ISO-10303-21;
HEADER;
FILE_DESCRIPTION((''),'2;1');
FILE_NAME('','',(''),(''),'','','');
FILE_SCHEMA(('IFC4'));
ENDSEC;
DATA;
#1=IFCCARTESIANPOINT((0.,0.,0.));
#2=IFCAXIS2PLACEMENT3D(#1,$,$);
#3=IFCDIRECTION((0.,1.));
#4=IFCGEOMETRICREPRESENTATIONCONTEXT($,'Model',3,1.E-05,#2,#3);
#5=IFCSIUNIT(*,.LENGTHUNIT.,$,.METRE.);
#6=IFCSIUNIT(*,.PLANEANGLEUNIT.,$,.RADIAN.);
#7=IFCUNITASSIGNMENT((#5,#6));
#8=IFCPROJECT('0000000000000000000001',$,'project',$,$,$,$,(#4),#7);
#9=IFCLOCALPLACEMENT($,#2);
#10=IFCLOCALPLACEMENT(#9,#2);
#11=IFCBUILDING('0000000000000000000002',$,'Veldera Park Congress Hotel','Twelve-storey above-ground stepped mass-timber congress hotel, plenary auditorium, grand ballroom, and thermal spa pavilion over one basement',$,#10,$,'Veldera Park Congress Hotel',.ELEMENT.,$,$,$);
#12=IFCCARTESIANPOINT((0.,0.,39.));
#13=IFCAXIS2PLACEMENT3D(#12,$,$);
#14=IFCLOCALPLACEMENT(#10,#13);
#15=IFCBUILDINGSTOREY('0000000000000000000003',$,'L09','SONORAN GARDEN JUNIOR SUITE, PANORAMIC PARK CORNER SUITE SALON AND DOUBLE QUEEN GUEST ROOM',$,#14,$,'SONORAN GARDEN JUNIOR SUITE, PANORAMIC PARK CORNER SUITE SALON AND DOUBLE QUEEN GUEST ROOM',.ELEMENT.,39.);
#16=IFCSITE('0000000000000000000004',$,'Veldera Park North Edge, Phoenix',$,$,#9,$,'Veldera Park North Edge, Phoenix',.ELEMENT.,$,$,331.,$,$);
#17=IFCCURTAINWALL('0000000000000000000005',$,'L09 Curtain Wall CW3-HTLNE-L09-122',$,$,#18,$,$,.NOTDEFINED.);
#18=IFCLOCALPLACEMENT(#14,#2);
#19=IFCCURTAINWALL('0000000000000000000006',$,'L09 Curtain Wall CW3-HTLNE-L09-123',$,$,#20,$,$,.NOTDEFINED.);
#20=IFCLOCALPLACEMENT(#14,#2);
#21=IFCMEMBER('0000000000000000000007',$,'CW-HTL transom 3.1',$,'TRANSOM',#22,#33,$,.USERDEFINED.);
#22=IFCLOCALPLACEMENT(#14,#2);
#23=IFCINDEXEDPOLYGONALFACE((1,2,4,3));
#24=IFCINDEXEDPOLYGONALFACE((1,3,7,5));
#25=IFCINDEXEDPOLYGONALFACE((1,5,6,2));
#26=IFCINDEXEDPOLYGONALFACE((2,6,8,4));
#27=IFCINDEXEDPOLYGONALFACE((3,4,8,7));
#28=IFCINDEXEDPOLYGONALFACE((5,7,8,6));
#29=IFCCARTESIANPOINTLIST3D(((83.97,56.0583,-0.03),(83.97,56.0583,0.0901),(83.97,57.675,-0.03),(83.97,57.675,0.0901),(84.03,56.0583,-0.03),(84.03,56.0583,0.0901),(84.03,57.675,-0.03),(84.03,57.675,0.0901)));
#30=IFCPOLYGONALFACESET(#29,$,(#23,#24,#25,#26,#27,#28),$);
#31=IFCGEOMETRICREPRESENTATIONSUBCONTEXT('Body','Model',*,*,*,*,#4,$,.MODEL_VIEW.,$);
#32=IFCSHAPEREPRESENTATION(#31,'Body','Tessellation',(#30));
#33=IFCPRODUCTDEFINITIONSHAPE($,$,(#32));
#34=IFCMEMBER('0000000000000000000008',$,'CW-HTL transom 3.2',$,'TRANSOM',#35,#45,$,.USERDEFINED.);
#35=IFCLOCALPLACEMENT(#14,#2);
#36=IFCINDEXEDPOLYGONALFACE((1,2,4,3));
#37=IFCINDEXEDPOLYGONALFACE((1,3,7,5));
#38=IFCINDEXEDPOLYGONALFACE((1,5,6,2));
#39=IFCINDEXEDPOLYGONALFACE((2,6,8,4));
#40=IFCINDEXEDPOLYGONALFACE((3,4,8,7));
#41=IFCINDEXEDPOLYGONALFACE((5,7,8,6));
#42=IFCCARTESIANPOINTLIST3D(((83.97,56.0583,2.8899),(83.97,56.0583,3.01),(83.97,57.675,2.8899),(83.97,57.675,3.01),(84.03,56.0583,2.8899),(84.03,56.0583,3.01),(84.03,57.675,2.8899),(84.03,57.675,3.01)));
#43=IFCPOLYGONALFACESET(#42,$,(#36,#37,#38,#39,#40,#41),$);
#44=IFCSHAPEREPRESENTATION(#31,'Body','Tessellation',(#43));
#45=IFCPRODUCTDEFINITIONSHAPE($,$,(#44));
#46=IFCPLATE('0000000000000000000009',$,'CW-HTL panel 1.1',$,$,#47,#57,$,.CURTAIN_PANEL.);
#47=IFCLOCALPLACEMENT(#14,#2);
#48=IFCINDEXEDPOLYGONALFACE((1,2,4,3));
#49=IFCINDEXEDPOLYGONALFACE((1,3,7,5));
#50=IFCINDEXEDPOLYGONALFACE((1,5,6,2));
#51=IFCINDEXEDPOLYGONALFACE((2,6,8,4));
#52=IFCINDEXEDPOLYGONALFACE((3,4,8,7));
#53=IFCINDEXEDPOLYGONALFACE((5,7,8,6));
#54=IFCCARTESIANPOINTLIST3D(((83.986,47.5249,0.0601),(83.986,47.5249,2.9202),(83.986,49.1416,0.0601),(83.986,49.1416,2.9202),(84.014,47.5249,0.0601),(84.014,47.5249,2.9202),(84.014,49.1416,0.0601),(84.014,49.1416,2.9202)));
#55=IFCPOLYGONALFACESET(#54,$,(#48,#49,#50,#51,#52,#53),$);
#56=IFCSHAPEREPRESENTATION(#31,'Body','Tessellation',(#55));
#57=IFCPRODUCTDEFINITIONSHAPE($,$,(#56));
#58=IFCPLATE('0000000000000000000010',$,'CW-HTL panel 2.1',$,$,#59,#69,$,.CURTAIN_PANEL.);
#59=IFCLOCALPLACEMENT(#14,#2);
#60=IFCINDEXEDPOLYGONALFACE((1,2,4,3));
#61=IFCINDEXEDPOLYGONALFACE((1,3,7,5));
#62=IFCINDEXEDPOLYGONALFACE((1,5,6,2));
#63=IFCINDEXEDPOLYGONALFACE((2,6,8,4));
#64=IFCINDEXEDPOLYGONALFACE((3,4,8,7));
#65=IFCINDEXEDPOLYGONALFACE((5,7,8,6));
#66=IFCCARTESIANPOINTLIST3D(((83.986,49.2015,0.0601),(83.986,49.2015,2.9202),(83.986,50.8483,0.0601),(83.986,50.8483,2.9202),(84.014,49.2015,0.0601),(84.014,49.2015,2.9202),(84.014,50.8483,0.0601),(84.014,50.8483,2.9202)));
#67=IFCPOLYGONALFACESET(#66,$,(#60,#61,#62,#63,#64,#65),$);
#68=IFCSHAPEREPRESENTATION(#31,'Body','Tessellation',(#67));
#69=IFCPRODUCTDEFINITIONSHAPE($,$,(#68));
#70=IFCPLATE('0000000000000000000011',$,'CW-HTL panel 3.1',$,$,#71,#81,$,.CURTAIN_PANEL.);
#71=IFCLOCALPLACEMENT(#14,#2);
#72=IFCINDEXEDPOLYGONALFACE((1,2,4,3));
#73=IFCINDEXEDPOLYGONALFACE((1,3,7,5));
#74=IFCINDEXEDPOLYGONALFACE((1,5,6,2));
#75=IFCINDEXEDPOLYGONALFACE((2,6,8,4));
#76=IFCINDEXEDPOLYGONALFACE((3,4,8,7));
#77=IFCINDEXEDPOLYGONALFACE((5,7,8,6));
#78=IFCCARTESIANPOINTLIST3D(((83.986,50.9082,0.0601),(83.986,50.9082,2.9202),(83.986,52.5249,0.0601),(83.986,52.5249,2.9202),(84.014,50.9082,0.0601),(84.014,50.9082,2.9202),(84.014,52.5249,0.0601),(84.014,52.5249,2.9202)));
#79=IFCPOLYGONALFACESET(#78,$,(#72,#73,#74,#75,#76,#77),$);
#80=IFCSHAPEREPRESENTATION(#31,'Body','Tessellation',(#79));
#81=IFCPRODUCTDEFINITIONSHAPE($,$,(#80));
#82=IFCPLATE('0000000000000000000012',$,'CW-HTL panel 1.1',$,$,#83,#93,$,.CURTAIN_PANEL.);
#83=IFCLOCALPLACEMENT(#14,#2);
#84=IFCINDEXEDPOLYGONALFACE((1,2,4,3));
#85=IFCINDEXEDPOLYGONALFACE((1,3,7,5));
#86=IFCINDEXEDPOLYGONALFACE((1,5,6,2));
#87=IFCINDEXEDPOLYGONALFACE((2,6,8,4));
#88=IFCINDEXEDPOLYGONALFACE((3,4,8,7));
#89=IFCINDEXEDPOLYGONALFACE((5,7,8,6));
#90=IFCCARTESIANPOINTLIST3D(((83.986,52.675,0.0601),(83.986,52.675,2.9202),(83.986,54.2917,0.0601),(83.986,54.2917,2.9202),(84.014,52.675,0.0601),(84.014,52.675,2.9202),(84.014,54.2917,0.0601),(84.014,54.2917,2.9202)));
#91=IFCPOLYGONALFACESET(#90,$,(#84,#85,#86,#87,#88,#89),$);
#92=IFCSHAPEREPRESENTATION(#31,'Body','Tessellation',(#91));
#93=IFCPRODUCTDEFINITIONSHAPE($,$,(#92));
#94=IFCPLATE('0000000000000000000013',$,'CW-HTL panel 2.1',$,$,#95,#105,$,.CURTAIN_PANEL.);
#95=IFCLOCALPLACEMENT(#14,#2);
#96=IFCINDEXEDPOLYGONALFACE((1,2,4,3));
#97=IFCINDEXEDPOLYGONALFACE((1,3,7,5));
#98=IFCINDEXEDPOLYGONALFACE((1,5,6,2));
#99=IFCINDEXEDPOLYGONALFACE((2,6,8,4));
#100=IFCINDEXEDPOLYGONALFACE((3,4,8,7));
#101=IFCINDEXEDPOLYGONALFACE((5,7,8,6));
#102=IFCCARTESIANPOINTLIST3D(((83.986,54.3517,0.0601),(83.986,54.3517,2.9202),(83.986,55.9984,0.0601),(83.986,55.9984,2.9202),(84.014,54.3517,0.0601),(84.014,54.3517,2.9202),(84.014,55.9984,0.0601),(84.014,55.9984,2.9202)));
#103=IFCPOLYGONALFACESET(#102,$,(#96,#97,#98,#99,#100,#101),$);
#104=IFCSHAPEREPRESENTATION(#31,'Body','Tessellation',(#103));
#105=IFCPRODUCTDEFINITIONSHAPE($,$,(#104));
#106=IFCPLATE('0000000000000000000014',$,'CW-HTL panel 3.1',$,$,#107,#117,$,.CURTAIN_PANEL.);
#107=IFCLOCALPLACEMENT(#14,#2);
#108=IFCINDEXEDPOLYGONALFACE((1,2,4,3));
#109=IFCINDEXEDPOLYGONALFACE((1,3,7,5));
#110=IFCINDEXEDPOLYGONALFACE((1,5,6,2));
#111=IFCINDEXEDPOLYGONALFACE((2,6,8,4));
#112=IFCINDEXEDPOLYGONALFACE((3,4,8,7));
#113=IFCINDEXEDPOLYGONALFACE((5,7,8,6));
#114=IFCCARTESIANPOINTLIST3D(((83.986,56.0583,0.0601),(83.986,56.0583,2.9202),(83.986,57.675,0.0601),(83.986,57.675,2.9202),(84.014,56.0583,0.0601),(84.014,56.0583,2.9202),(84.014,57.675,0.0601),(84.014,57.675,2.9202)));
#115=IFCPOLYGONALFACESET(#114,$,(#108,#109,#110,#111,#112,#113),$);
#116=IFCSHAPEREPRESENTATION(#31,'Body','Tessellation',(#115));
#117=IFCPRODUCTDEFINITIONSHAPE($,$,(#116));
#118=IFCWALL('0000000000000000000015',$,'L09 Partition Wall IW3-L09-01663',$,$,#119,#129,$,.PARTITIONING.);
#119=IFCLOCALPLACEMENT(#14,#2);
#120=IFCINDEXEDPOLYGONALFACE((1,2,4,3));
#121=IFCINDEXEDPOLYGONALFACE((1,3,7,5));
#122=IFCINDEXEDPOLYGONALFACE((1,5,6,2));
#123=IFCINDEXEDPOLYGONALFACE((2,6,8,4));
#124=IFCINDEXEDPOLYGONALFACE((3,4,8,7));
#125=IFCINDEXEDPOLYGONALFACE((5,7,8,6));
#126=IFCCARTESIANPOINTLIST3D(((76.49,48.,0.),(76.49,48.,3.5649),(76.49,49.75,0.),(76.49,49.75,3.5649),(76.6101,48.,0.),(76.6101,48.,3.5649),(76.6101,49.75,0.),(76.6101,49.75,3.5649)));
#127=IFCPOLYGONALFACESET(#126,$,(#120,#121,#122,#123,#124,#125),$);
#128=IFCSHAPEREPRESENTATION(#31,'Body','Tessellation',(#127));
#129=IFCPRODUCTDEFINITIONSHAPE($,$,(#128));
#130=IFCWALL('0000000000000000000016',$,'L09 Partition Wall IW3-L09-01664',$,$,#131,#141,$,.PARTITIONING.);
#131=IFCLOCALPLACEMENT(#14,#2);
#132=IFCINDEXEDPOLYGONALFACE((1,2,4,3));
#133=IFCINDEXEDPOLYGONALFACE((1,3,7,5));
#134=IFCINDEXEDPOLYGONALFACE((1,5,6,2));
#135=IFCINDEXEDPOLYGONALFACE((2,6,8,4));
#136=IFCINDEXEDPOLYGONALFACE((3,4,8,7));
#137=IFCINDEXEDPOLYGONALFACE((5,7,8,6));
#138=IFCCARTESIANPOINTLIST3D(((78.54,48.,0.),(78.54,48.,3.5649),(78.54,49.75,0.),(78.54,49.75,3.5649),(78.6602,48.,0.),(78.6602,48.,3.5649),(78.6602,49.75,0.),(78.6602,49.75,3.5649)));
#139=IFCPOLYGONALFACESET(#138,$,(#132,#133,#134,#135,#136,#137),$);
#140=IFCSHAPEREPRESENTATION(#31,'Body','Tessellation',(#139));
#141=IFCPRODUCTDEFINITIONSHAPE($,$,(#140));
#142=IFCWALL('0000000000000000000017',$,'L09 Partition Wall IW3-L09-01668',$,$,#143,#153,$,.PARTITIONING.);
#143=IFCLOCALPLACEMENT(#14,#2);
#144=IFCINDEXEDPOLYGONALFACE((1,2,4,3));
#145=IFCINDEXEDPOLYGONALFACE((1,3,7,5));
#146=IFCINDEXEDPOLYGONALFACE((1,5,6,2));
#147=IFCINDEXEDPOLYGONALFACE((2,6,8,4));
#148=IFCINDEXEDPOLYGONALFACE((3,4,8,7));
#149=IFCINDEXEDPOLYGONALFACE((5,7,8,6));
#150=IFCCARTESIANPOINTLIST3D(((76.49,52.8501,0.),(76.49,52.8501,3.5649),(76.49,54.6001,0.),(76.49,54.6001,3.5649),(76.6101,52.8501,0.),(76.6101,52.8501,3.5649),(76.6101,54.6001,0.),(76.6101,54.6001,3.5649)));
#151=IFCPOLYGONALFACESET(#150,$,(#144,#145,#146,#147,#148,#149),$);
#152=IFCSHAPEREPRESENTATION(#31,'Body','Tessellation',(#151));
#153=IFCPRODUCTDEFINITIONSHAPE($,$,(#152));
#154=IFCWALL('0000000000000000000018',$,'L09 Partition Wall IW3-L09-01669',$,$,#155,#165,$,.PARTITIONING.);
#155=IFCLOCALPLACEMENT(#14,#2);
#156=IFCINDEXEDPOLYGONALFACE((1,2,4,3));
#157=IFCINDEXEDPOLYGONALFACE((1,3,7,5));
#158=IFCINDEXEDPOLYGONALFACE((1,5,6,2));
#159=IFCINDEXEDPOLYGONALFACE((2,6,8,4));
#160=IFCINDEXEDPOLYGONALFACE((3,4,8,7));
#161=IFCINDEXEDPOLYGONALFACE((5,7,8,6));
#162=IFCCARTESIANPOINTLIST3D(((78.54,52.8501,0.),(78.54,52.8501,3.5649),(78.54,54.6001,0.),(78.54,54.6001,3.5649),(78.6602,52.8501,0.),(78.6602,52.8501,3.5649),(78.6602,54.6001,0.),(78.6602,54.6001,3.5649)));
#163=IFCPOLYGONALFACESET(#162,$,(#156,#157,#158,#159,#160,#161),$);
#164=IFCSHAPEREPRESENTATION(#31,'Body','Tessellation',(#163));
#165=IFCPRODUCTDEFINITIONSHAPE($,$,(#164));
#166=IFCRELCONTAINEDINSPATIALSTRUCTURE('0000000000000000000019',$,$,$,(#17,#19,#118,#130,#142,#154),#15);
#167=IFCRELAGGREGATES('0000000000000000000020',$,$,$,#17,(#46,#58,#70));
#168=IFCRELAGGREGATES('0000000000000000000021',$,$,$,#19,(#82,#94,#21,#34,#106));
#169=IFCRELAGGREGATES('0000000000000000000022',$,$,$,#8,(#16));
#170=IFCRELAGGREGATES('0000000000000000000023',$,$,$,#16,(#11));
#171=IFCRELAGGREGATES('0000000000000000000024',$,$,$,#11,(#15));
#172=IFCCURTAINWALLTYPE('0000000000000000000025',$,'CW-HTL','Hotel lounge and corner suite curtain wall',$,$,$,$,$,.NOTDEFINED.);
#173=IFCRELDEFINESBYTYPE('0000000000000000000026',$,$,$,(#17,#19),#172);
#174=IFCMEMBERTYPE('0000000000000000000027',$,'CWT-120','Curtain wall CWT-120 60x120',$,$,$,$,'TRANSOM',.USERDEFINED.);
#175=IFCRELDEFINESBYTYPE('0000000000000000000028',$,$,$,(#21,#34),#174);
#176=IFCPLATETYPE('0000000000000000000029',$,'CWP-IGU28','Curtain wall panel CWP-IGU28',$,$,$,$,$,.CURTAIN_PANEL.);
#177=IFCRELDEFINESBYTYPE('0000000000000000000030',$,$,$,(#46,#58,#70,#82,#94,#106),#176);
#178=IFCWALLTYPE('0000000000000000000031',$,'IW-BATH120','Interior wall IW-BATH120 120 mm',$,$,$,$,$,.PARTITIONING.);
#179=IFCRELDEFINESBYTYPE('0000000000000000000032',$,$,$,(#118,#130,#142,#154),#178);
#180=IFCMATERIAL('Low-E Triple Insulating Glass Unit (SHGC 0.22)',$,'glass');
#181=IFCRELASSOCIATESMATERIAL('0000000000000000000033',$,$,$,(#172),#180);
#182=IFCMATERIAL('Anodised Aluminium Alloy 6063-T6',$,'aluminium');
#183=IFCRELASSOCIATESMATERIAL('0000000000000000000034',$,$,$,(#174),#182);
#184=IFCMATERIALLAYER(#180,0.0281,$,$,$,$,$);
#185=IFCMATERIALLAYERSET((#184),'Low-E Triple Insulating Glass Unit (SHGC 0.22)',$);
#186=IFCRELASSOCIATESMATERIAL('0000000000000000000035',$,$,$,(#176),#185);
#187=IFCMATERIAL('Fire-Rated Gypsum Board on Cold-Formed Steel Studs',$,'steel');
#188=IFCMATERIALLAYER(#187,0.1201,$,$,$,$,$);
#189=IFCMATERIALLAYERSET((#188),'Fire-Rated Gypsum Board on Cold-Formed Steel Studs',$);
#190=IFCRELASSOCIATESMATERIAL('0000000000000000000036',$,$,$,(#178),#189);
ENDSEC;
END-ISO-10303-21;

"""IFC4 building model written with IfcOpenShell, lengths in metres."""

from ifc_helpers import new_model, si_unit, direction, frame, frame_2d, origin, origin_2d, place, context, subcontext, project, spatial, rectangle, extrude, material, layer, layer_set, material_profile, profile_set, type_object, element, aggregate, save


model = new_model("IFC4")

# Units and contexts
model_context = context("Model", 3, precision=1e-05, world=origin(), true_north=direction((0.0, 1.0)))
body_context = subcontext(model_context, "Body", "Model", "MODEL_VIEW")
ifc_project = project(units=[si_unit("LENGTHUNIT", "METRE"), si_unit("PLANEANGLEUNIT", "RADIAN")], contexts=[model_context])

# Site, building, storey
site_placement = place(None, origin())
site = spatial("IfcSite", under=ifc_project, at=site_placement, Name="Veldera Park North Edge, Phoenix", LongName="Veldera Park North Edge, Phoenix", CompositionType="ELEMENT", RefElevation=331.0)
building_placement = place(site_placement, origin())
building = spatial("IfcBuilding", under=site, at=building_placement, Name="Veldera Park Congress Hotel", Description="Twelve-storey above-ground stepped mass-timber congress hotel, plenary auditorium, grand ballroom, and thermal spa pavilion over one basement", LongName="Veldera Park Congress Hotel", CompositionType="ELEMENT")
storey_placement = place(building_placement, frame((0.0, 0.0, 39.0)))
storey = spatial("IfcBuildingStorey", under=building, at=storey_placement, Name="L09", Description="SONORAN GARDEN JUNIOR SUITE, PANORAMIC PARK CORNER SUITE SALON AND DOUBLE QUEEN GUEST ROOM", LongName="SONORAN GARDEN JUNIOR SUITE, PANORAMIC PARK CORNER SUITE SALON AND DOUBLE QUEEN GUEST ROOM", CompositionType="ELEMENT", Elevation=39.0)

# Curtain walls
ifc_material_1 = material(Name="Low-E Triple Insulating Glass Unit (SHGC 0.22)", Category="glass")
curtain_wall_type = type_object("IfcCurtainWallType", Name="CW-HTL", Description="Hotel lounge and corner suite curtain wall", PredefinedType="NOTDEFINED", material=ifc_material_1)
curtain_wall_1_placement = place(storey_placement, origin())
curtain_wall_1 = element("IfcCurtainWall", 1, at=curtain_wall_1_placement, inside=storey, type_object=curtain_wall_type, Name="L09 Curtain Wall CW3-HTLNE-L09-122", PredefinedType="NOTDEFINED")
ifc_material_2 = material(Name="Anodised Aluminium Alloy 6063-T6", Category="aluminium")
curtain_wall_2_placement = place(storey_placement, origin())
curtain_wall_2 = element("IfcCurtainWall", 2, at=curtain_wall_2_placement, inside=storey, type_object=curtain_wall_type, Name="L09 Curtain Wall CW3-HTLNE-L09-123", PredefinedType="NOTDEFINED")

# Members
ifc_material_profile_1 = material_profile(ifc_material_2, rectangle(XDim=0.0601, YDim=0.1201, at=origin_2d()), Name="ALU 60x120")
ifc_profile_set_1 = profile_set([ifc_material_profile_1], Name="Anodised Aluminium Alloy 6063-T6")
member_type_1 = type_object("IfcMemberType", Name="CWT-120", Description="Curtain wall CWT-120 60x120", ElementType="TRANSOM", PredefinedType="USERDEFINED", material=ifc_profile_set_1)
member_1_placement = place(storey_placement, frame((84.0, 56.0583, 0.03), z_axis=(0.0, 1.0, 0.0), x_axis=(-1.0, 0.0, 0.0)))
member_1 = element("IfcMember", 3, at=member_1_placement, type_object=member_type_1, Name="CW-HTL transom 3.1", ObjectType="TRANSOM", PredefinedType="USERDEFINED", context=body_context, shape_type="SweptSolid", body=[
    extrude(rectangle(XDim=0.0601, YDim=0.1201, at=origin_2d()), origin(), (0.0, 0.0, 1.0), 1.6167),
])
member_2_placement = place(storey_placement, frame((84.0, 56.0583, 2.95), z_axis=(0.0, 1.0, 0.0), x_axis=(-1.0, 0.0, 0.0)))
member_2 = element("IfcMember", 4, at=member_2_placement, type_object=member_type_1, Name="CW-HTL transom 3.2", ObjectType="TRANSOM", PredefinedType="USERDEFINED", context=body_context, shape_type="SweptSolid", body=[
    extrude(rectangle(XDim=0.0601, YDim=0.1201, at=origin_2d()), origin(), (0.0, 0.0, 1.0), 1.6167),
])

# Plates
ifc_layer_1 = layer(ifc_material_1, 0.0281)
ifc_layer_set_1 = layer_set([ifc_layer_1], Name="Low-E Triple Insulating Glass Unit (SHGC 0.22)")
plate_type = type_object("IfcPlateType", Name="CWP-IGU28", Description="Curtain wall panel CWP-IGU28", PredefinedType="CURTAIN_PANEL", material=ifc_layer_set_1)
plate_1_placement = place(storey_placement, frame((84.0, 48.3333, 0.0601), z_axis=(0.0, 0.0, 1.0), x_axis=(0.0, 1.0, 0.0)))
plate_1 = element("IfcPlate", 5, at=plate_1_placement, type_object=plate_type, Name="CW-HTL panel 1.1", PredefinedType="CURTAIN_PANEL", context=body_context, shape_type="SweptSolid", body=[
    extrude(rectangle(XDim=1.6167, YDim=0.0281, at=origin_2d()), origin(), (0.0, 0.0, 1.0), 2.8601),
])
plate_2_placement = place(storey_placement, frame((84.0, 50.0249, 0.0601), z_axis=(0.0, 0.0, 1.0), x_axis=(0.0, 1.0, 0.0)))
plate_2 = element("IfcPlate", 6, at=plate_2_placement, type_object=plate_type, Name="CW-HTL panel 2.1", PredefinedType="CURTAIN_PANEL", context=body_context, shape_type="SweptSolid", body=[
    extrude(rectangle(XDim=1.6467, YDim=0.0281, at=origin_2d()), origin(), (0.0, 0.0, 1.0), 2.8601),
])
plate_3_placement = place(storey_placement, frame((84.0, 51.7166, 0.0601), z_axis=(0.0, 0.0, 1.0), x_axis=(0.0, 1.0, 0.0)))
plate_3 = element("IfcPlate", 7, at=plate_3_placement, type_object=plate_type, Name="CW-HTL panel 3.1", PredefinedType="CURTAIN_PANEL", context=body_context, shape_type="SweptSolid", body=[
    extrude(rectangle(XDim=1.6167, YDim=0.0281, at=origin_2d()), origin(), (0.0, 0.0, 1.0), 2.8601),
])
aggregate(curtain_wall_1, [plate_1, plate_2, plate_3])
plate_4_placement = place(storey_placement, frame((84.0, 53.4834, 0.0601), z_axis=(0.0, 0.0, 1.0), x_axis=(0.0, 1.0, 0.0)))
plate_4 = element("IfcPlate", 8, at=plate_4_placement, type_object=plate_type, Name="CW-HTL panel 1.1", PredefinedType="CURTAIN_PANEL", context=body_context, shape_type="SweptSolid", body=[
    extrude(rectangle(XDim=1.6167, YDim=0.0281, at=origin_2d()), origin(), (0.0, 0.0, 1.0), 2.8601),
])
plate_5_placement = place(storey_placement, frame((84.0, 55.175, 0.0601), z_axis=(0.0, 0.0, 1.0), x_axis=(0.0, 1.0, 0.0)))
plate_5 = element("IfcPlate", 9, at=plate_5_placement, type_object=plate_type, Name="CW-HTL panel 2.1", PredefinedType="CURTAIN_PANEL", context=body_context, shape_type="SweptSolid", body=[
    extrude(rectangle(XDim=1.6467, YDim=0.0281, at=origin_2d()), origin(), (0.0, 0.0, 1.0), 2.8601),
])
plate_6_placement = place(storey_placement, frame((84.0, 56.8667, 0.0601), z_axis=(0.0, 0.0, 1.0), x_axis=(0.0, 1.0, 0.0)))
plate_6 = element("IfcPlate", 10, at=plate_6_placement, type_object=plate_type, Name="CW-HTL panel 3.1", PredefinedType="CURTAIN_PANEL", context=body_context, shape_type="SweptSolid", body=[
    extrude(rectangle(XDim=1.6167, YDim=0.0281, at=origin_2d()), origin(), (0.0, 0.0, 1.0), 2.8601),
])
aggregate(curtain_wall_2, [plate_4, plate_5, member_1, member_2, plate_6])

# Walls
ifc_material_3 = material(Name="Fire-Rated Gypsum Board on Cold-Formed Steel Studs", Category="steel")
ifc_layer_2 = layer(ifc_material_3, 0.1201)
ifc_layer_set_2 = layer_set([ifc_layer_2], Name="Fire-Rated Gypsum Board on Cold-Formed Steel Studs")
wall_type = type_object("IfcWallType", Name="IW-BATH120", Description="Interior wall IW-BATH120 120 mm", PredefinedType="PARTITIONING", material=ifc_layer_set_2)
for number, where, z_axis, x_axis, name in (
    (11, (76.55, 48.0, 0.0), (0.0, 0.0, 1.0), (0.0, 1.0, 0.0), "L09 Partition Wall IW3-L09-01663"),
    (12, (78.6001, 48.0, 0.0), (0.0, 0.0, 1.0), (0.0, 1.0, 0.0), "L09 Partition Wall IW3-L09-01664"),
):
    element("IfcWall", number, at=place(storey_placement, frame(where, z_axis=z_axis, x_axis=x_axis)), inside=storey, type_object=wall_type, Name=name, PredefinedType="PARTITIONING", context=body_context, shape_type="SweptSolid", body=[
        extrude(rectangle(XDim=1.75, YDim=0.1201, at=frame_2d((0.875, 0.0))), origin(), (0.0, 0.0, 1.0), 3.5649),
    ])

# Walls
for number, where, z_axis, x_axis, name in (
    (13, (76.55, 52.8501, 0.0), (0.0, 0.0, 1.0), (0.0, 1.0, 0.0), "L09 Partition Wall IW3-L09-01668"),
    (14, (78.6001, 52.8501, 0.0), (0.0, 0.0, 1.0), (0.0, 1.0, 0.0), "L09 Partition Wall IW3-L09-01669"),
):
    element("IfcWall", number, at=place(storey_placement, frame(where, z_axis=z_axis, x_axis=x_axis)), inside=storey, type_object=wall_type, Name=name, PredefinedType="PARTITIONING", context=body_context, shape_type="SweptSolid", body=[
        extrude(rectangle(XDim=1.75, YDim=0.1201, at=frame_2d((0.875, 0.0))), origin(), (0.0, 0.0, 1.0), 3.5649),
    ])

save(model, "model.ifc")
